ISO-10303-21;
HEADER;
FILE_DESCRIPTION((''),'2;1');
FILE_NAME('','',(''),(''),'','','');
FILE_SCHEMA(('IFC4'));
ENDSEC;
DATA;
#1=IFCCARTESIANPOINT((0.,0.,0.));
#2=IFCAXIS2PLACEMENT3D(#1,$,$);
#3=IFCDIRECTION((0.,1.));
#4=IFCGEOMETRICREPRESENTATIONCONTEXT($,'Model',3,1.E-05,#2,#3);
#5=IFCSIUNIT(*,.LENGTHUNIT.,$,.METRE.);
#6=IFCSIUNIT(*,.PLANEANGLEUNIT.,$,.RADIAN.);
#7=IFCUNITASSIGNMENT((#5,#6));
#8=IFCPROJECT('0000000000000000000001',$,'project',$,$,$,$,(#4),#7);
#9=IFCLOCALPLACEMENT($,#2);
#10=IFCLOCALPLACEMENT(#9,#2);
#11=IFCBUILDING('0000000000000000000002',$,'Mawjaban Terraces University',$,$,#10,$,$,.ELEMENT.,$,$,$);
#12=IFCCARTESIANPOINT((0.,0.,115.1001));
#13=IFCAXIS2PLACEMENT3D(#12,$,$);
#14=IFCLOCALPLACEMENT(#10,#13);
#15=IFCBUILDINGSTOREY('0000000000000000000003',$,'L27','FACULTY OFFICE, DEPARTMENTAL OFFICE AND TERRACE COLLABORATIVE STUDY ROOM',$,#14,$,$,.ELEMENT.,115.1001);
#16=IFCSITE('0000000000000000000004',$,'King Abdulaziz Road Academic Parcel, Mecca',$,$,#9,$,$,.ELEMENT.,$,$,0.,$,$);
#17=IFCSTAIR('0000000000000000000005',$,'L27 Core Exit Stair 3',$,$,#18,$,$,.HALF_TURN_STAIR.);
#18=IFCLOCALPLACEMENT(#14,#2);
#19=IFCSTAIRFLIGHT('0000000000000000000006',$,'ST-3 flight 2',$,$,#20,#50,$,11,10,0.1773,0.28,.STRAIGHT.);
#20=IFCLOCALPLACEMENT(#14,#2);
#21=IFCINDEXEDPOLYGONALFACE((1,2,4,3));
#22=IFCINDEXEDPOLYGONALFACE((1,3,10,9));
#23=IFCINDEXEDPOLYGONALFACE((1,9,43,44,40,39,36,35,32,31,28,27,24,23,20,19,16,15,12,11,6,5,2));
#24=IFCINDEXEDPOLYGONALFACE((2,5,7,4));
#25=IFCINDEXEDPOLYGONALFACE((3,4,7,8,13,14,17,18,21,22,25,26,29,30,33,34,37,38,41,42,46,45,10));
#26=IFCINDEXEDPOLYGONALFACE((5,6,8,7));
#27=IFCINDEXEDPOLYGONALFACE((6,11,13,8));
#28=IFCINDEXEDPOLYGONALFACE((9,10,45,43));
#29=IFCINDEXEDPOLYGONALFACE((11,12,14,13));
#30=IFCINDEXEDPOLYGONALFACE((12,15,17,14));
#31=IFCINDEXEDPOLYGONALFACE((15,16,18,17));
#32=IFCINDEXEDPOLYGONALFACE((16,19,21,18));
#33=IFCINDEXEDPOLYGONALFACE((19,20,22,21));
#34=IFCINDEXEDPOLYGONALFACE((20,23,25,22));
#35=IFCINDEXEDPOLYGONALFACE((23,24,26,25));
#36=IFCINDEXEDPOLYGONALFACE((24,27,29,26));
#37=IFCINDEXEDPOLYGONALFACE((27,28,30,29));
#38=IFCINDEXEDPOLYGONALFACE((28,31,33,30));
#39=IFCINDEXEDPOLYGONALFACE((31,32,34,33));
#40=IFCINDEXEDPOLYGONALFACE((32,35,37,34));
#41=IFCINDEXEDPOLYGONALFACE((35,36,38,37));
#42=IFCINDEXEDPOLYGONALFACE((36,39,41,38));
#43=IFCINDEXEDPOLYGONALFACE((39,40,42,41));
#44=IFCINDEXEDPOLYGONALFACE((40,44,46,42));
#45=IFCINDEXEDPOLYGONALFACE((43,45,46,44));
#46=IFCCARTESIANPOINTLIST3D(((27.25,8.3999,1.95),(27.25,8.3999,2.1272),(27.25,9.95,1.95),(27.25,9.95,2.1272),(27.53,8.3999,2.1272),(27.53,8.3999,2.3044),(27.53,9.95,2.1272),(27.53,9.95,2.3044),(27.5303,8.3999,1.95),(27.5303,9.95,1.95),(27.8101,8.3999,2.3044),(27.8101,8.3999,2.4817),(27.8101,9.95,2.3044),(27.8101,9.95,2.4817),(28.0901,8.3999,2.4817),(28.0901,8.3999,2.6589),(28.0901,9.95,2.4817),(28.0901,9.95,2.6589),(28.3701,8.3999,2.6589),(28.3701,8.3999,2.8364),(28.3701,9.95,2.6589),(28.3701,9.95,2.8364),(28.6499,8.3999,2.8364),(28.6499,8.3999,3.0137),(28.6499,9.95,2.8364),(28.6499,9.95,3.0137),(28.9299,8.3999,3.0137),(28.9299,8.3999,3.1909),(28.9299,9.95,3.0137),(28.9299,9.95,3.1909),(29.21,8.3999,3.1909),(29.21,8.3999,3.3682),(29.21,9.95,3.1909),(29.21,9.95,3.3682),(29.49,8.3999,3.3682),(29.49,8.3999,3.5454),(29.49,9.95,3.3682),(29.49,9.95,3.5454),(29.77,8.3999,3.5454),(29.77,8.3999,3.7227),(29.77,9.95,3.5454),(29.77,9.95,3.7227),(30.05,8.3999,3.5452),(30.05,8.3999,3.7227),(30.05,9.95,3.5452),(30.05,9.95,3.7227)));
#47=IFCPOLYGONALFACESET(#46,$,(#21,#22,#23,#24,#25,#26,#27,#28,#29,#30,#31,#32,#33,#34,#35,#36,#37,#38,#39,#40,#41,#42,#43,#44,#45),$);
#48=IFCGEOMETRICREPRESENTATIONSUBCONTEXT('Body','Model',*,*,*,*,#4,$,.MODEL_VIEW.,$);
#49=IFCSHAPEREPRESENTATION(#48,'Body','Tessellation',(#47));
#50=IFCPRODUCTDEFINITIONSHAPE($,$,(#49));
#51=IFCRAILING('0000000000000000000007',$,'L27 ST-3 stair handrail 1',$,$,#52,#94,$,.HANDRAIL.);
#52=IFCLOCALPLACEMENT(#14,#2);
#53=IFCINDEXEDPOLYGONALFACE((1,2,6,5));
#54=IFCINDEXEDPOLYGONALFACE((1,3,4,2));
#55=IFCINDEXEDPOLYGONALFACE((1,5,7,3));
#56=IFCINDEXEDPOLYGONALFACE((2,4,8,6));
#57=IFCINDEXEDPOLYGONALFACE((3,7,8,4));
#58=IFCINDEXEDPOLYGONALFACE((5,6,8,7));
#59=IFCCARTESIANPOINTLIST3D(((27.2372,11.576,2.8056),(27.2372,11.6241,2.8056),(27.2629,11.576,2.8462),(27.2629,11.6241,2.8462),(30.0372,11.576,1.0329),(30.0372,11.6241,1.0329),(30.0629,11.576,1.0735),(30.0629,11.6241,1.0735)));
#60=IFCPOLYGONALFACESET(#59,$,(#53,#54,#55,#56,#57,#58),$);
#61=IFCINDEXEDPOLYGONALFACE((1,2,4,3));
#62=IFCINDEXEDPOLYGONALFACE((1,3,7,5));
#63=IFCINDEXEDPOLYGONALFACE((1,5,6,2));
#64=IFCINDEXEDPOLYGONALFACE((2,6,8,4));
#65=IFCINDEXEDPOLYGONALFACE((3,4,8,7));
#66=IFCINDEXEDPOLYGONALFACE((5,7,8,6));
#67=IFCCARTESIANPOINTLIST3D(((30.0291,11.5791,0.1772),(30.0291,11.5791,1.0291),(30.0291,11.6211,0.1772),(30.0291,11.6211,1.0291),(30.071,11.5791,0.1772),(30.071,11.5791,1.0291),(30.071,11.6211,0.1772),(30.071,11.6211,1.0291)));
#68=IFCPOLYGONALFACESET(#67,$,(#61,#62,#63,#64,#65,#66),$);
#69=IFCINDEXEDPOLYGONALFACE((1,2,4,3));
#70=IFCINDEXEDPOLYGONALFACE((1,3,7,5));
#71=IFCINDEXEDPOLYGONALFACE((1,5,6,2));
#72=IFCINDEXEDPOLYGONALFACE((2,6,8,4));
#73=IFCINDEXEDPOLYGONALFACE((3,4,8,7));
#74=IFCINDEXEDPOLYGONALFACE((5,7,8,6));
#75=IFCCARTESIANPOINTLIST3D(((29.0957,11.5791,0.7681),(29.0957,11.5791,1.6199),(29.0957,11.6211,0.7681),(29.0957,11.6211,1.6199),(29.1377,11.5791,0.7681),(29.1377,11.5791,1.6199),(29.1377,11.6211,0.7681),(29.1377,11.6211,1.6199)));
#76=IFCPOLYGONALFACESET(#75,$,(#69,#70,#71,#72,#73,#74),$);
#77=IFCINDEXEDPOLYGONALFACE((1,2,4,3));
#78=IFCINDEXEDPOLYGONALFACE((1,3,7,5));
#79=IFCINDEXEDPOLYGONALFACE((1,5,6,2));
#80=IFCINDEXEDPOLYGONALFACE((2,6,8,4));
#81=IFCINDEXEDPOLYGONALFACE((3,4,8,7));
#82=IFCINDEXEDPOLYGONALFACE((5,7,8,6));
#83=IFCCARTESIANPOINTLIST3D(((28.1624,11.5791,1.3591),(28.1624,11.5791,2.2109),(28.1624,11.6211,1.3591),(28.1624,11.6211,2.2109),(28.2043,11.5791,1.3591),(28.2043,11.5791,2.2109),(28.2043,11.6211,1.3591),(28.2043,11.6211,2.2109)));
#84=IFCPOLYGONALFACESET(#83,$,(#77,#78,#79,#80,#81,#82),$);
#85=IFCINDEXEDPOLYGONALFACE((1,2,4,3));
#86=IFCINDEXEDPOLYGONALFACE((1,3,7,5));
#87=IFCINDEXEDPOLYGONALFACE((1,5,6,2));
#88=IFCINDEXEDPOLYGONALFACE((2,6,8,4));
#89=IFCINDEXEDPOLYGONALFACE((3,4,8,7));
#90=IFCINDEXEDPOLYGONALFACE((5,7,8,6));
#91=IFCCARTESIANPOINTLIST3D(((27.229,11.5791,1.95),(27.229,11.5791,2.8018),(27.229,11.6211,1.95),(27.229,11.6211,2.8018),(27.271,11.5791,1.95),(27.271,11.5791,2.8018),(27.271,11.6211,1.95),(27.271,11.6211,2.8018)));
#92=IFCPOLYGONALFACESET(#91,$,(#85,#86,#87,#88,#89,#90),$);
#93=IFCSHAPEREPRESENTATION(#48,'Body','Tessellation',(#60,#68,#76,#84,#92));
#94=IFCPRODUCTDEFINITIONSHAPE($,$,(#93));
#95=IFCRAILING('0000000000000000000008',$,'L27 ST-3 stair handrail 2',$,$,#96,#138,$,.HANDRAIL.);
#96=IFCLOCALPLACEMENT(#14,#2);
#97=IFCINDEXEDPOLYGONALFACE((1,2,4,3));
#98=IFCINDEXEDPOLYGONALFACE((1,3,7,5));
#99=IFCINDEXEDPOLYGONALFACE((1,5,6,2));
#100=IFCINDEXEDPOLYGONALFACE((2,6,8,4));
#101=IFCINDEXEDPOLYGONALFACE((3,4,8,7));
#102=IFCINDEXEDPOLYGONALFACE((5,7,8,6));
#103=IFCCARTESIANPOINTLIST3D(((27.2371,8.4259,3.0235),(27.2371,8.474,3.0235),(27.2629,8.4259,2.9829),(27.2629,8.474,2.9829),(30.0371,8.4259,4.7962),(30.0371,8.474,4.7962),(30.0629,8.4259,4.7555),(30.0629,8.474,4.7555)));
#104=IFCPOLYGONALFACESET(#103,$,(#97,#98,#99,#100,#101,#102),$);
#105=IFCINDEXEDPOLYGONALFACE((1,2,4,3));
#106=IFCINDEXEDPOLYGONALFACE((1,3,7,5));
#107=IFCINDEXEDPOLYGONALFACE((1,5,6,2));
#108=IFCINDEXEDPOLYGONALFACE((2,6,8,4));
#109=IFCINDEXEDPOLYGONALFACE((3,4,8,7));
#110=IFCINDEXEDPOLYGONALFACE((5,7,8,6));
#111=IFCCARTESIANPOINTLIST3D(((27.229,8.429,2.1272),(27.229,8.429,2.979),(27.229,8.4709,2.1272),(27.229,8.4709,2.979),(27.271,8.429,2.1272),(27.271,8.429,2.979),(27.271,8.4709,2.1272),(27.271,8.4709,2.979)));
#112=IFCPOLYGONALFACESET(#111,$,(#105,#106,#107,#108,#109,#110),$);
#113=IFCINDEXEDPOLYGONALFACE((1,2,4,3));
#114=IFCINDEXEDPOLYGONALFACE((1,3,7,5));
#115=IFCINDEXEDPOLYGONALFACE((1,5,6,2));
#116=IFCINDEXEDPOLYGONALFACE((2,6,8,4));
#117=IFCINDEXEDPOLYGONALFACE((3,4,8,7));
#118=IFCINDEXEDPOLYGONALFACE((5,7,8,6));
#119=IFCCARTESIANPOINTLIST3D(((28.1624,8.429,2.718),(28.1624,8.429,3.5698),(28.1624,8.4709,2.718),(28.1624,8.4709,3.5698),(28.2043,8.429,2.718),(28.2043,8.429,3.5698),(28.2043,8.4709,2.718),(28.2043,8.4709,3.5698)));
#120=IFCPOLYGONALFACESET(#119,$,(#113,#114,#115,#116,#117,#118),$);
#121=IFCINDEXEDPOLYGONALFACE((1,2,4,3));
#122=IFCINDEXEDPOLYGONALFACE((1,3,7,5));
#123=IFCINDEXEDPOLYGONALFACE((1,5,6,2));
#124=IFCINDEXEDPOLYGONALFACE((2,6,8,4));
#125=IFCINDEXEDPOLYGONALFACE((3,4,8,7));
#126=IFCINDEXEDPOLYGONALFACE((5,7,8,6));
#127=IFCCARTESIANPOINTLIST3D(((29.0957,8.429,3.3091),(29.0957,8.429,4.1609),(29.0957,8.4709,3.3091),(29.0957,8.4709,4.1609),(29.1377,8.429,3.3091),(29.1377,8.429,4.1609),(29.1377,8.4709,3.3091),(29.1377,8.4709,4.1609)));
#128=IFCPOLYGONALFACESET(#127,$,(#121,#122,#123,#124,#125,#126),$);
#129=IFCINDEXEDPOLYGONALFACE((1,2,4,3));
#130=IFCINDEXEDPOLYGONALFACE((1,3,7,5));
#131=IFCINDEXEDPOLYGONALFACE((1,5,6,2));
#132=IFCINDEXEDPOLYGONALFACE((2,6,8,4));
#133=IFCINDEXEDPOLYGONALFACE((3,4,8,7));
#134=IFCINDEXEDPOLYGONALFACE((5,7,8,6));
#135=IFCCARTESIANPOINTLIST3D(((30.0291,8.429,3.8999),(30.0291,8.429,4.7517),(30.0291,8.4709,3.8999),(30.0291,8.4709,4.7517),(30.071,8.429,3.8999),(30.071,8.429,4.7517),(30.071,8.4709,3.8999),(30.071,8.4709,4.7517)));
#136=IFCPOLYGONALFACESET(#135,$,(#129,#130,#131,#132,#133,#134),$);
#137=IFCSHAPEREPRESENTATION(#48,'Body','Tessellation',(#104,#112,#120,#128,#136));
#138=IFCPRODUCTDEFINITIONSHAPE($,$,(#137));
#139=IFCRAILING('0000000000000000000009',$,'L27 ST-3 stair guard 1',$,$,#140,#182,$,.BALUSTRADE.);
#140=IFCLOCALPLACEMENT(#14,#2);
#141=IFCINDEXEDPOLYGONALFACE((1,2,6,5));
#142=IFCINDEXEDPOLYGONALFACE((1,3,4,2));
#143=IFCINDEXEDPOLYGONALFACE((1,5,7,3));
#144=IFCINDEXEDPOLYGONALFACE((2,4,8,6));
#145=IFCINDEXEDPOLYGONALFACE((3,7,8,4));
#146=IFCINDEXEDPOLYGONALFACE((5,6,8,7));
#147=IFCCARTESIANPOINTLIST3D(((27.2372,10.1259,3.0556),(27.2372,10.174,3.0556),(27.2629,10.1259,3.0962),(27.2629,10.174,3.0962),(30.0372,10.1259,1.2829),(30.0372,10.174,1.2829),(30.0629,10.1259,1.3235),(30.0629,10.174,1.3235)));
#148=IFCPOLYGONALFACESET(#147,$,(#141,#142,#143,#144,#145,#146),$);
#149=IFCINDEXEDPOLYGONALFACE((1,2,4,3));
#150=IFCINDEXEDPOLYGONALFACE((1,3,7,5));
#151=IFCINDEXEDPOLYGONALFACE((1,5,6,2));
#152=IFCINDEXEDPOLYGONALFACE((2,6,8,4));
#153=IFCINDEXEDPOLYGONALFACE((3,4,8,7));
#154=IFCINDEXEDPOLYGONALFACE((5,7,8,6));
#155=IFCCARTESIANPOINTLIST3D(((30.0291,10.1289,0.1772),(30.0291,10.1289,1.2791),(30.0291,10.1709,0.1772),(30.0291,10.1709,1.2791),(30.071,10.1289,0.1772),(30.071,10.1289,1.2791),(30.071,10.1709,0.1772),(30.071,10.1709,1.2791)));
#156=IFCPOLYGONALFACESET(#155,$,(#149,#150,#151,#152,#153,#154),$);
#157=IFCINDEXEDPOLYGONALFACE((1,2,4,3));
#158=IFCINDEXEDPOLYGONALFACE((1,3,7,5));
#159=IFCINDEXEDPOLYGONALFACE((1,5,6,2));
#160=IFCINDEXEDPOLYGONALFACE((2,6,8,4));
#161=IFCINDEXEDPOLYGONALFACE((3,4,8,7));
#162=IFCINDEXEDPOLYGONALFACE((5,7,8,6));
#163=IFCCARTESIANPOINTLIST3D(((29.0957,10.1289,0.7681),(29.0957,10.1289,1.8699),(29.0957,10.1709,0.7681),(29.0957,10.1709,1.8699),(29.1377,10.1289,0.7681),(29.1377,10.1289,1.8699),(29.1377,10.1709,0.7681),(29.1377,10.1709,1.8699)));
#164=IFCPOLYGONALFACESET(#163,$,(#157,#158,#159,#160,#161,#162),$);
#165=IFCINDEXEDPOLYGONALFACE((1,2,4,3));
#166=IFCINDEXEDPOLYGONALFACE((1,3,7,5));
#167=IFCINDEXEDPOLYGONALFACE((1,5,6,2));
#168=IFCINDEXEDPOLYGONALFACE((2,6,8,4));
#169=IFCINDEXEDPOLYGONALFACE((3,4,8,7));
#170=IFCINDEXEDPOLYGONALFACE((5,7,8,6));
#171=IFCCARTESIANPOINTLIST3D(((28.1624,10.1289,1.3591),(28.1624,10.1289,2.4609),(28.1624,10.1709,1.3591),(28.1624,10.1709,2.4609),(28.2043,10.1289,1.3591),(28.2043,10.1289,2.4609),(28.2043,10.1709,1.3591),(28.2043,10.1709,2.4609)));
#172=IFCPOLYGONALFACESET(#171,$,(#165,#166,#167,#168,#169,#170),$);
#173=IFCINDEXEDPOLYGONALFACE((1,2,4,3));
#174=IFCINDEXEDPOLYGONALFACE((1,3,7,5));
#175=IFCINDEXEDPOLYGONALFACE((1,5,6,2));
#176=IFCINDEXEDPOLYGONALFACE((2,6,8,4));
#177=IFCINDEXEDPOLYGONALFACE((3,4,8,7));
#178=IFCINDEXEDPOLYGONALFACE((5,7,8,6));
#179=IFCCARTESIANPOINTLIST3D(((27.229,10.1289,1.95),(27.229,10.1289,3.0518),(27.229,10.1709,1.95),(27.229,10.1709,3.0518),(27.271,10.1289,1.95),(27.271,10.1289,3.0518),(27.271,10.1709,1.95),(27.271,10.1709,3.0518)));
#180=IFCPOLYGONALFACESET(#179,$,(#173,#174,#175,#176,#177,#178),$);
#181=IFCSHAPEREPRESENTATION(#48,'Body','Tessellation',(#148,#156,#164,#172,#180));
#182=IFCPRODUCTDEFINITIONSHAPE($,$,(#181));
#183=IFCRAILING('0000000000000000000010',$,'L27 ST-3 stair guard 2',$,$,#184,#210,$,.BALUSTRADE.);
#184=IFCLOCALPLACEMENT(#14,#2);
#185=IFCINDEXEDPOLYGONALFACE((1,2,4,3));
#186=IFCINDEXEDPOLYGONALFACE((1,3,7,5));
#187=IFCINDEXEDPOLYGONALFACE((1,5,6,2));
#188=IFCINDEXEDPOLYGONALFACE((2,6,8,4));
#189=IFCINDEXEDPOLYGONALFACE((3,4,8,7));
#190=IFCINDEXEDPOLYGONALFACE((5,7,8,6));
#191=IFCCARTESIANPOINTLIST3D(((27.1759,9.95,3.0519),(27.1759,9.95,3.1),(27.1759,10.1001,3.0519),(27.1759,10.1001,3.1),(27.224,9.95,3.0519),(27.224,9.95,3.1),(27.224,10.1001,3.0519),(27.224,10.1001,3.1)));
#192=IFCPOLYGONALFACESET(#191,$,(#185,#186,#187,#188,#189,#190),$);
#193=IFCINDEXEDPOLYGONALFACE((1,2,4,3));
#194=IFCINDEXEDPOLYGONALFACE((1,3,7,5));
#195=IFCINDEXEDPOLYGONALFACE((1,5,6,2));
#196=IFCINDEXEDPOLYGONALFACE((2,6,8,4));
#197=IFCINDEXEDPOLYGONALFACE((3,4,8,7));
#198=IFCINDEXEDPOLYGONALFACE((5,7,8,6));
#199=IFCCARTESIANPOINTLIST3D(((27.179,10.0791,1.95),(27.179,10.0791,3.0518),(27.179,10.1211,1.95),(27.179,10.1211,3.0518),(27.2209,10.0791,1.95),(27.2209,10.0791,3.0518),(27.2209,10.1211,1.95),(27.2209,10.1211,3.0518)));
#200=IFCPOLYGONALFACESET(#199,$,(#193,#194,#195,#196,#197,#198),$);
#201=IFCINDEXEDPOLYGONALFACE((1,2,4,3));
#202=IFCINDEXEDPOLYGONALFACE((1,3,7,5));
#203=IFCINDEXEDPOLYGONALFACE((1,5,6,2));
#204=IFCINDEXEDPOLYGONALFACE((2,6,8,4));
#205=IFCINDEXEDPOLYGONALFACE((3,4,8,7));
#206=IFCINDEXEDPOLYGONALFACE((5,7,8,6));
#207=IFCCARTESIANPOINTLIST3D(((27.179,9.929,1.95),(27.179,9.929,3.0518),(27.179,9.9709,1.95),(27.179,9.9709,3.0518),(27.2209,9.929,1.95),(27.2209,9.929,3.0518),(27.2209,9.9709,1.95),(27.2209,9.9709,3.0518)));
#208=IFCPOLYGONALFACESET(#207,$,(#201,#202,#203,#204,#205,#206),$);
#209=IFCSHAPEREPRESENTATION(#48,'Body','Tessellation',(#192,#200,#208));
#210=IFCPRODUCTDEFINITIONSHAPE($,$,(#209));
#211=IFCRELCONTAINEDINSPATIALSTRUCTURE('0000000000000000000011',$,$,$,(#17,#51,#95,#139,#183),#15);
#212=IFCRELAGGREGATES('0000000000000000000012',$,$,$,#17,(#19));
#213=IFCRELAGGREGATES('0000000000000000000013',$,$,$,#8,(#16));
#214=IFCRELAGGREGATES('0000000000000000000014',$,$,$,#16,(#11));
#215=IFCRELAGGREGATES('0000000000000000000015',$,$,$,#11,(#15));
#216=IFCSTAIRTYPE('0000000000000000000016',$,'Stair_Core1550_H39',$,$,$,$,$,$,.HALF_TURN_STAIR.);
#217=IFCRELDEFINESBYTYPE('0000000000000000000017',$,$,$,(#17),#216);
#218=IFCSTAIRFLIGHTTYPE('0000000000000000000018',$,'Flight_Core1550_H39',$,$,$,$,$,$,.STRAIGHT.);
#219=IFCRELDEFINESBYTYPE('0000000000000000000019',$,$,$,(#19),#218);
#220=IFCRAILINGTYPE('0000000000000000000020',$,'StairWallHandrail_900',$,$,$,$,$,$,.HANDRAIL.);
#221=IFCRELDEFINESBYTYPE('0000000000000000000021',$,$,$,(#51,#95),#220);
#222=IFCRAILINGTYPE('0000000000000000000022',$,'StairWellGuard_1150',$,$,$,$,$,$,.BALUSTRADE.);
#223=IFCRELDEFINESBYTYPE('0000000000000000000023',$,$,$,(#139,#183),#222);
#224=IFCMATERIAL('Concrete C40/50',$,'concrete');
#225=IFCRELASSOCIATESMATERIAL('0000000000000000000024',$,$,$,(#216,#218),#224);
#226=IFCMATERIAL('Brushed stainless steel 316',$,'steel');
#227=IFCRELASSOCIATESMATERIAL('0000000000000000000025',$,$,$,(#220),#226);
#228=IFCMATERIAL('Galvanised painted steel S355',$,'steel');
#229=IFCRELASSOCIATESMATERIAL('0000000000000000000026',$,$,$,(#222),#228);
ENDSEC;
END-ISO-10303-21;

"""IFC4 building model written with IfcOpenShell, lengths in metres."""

from ifc_helpers import new_model, si_unit, direction, frame, origin, origin_2d, place, context, subcontext, project, spatial, polyline, rectangle, outline, extrude, material, type_object, element, aggregate, save


model = new_model("IFC4")

# Units and contexts
model_context = context("Model", 3, precision=1e-05, world=origin(), true_north=direction((0.0, 1.0)))
body_context = subcontext(model_context, "Body", "Model", "MODEL_VIEW")
ifc_project = project(units=[si_unit("LENGTHUNIT", "METRE"), si_unit("PLANEANGLEUNIT", "RADIAN")], contexts=[model_context])

# Site, building, storey
site_placement = place(None, origin())
site = spatial("IfcSite", under=ifc_project, at=site_placement, Name="King Abdulaziz Road Academic Parcel, Mecca", CompositionType="ELEMENT", RefElevation=0.0)
building_placement = place(site_placement, origin())
building = spatial("IfcBuilding", under=site, at=building_placement, Name="Mawjaban Terraces University", CompositionType="ELEMENT")
storey_placement = place(building_placement, frame((0.0, 0.0, 115.1001)))
storey = spatial("IfcBuildingStorey", under=building, at=storey_placement, Name="L27", Description="FACULTY OFFICE, DEPARTMENTAL OFFICE AND TERRACE COLLABORATIVE STUDY ROOM", CompositionType="ELEMENT", Elevation=115.1001)

# Shared definitions
ifc_material_1 = material(Name="Concrete C40/50", Category="concrete")

# Stair, stair flight
stair_type = type_object("IfcStairType", Name="Stair_Core1550_H39", PredefinedType="HALF_TURN_STAIR", material=ifc_material_1)
stair_placement = place(storey_placement, origin())
stair = element("IfcStair", 1, at=stair_placement, inside=storey, type_object=stair_type, Name="L27 Core Exit Stair 3", PredefinedType="HALF_TURN_STAIR")
stair_flight_type = type_object("IfcStairFlightType", Name="Flight_Core1550_H39", PredefinedType="STRAIGHT", material=ifc_material_1)
stair_flight_1_placement = place(storey_placement, frame((27.25, 9.175, 1.95), z_axis=(0.0, 0.0, 1.0), x_axis=(1.0, 0.0, 0.0)))
stair_flight_1 = element("IfcStairFlight", 2, at=stair_flight_1_placement, type_object=stair_flight_type, Name="ST-3 flight 2", NumberOfRisers=11, NumberOfTreads=10, PredefinedType="STRAIGHT", RiserHeight=0.1773, TreadLength=0.28, context=body_context, shape_type="SweptSolid", body=[
    extrude(outline(polyline([(0.0, 0.0), (0.0, 0.1772), (0.28, 0.1772), (0.28, 0.3545), (0.5601, 0.3545), (0.5601, 0.5317), (0.8401, 0.5317), (0.8401, 0.709), (1.1201, 0.709), (1.1201, 0.8865), (1.3999, 0.8865), (1.3999, 1.0637), (1.6799, 1.0637), (1.6799, 1.241), (1.96, 1.241), (1.96, 1.4182), (2.24, 1.4182), (2.24, 1.5955), (2.52, 1.5955), (2.52, 1.7727), (2.8, 1.7727), (2.8, 1.95), (2.8, 1.5952), (0.2803, 0.0), (0.0, 0.0)])), frame((0.0, 0.7749, 0.0), z_axis=(0.0, -1.0, 0.0), x_axis=(1.0, 0.0, 0.0)), (0.0, 0.0, 1.0), 1.55),
])
aggregate(stair, [stair_flight_1])

# Railings
ifc_material_2 = material(Name="Brushed stainless steel 316", Category="steel")
railing_type_1 = type_object("IfcRailingType", Name="StairWallHandrail_900", PredefinedType="HANDRAIL", material=ifc_material_2)
railing_1_placement = place(storey_placement, frame((30.05, 11.6001, 0.1772)))
element("IfcRailing", 3, at=railing_1_placement, inside=storey, type_object=railing_type_1, Name="L27 ST-3 stair handrail 1", PredefinedType="HANDRAIL", context=body_context, shape_type="SweptSolid", body=[
    extrude(rectangle(XDim=0.0481, YDim=0.0481, at=origin_2d()), frame((0.0, 0.0, 0.876), z_axis=(-0.844909, 0.0, 0.53491), x_axis=(0.0, -1.0, 0.0)), (0.0, 0.0, 1.0), 3.314),
    extrude(rectangle(XDim=0.042, YDim=0.042, at=origin_2d()), origin(), (0.0, 0.0, 1.0), 0.8518),
    extrude(rectangle(XDim=0.042, YDim=0.042, at=origin_2d()), frame((-0.9333, 0.0, 0.5908)), (0.0, 0.0, 1.0), 0.8518),
    extrude(rectangle(XDim=0.042, YDim=0.042, at=origin_2d()), frame((-1.8667, 0.0, 1.1819)), (0.0, 0.0, 1.0), 0.8518),
    extrude(rectangle(XDim=0.042, YDim=0.042, at=origin_2d()), frame((-2.8, 0.0, 1.7727)), (0.0, 0.0, 1.0), 0.8518),
])
railing_2_placement = place(storey_placement, frame((27.25, 8.45, 2.1272)))
element("IfcRailing", 4, at=railing_2_placement, inside=storey, type_object=railing_type_1, Name="L27 ST-3 stair handrail 2", PredefinedType="HANDRAIL", context=body_context, shape_type="SweptSolid", body=[
    extrude(rectangle(XDim=0.0481, YDim=0.0481, at=origin_2d()), frame((0.0, 0.0, 0.876), z_axis=(0.844909, 0.0, 0.53491), x_axis=(0.0, 1.0, 0.0)), (0.0, 0.0, 1.0), 3.314),
    extrude(rectangle(XDim=0.042, YDim=0.042, at=origin_2d()), origin(), (0.0, 0.0, 1.0), 0.8518),
    extrude(rectangle(XDim=0.042, YDim=0.042, at=origin_2d()), frame((0.9333, 0.0, 0.5908)), (0.0, 0.0, 1.0), 0.8518),
    extrude(rectangle(XDim=0.042, YDim=0.042, at=origin_2d()), frame((1.8667, 0.0, 1.1819)), (0.0, 0.0, 1.0), 0.8518),
    extrude(rectangle(XDim=0.042, YDim=0.042, at=origin_2d()), frame((2.8, 0.0, 1.7727)), (0.0, 0.0, 1.0), 0.8518),
])
ifc_material_3 = material(Name="Galvanised painted steel S355", Category="steel")
railing_type_2 = type_object("IfcRailingType", Name="StairWellGuard_1150", PredefinedType="BALUSTRADE", material=ifc_material_3)
railing_3_placement = place(storey_placement, frame((30.05, 10.1499, 0.1772)))
element("IfcRailing", 5, at=railing_3_placement, inside=storey, type_object=railing_type_2, Name="L27 ST-3 stair guard 1", PredefinedType="BALUSTRADE", context=body_context, shape_type="SweptSolid", body=[
    extrude(rectangle(XDim=0.0481, YDim=0.0481, at=origin_2d()), frame((0.0, 0.0, 1.126), z_axis=(-0.844909, 0.0, 0.53491), x_axis=(0.0, -1.0, 0.0)), (0.0, 0.0, 1.0), 3.314),
    extrude(rectangle(XDim=0.042, YDim=0.042, at=origin_2d()), origin(), (0.0, 0.0, 1.0), 1.1018),
    extrude(rectangle(XDim=0.042, YDim=0.042, at=origin_2d()), frame((-0.9333, 0.0, 0.5908)), (0.0, 0.0, 1.0), 1.1018),
    extrude(rectangle(XDim=0.042, YDim=0.042, at=origin_2d()), frame((-1.8667, 0.0, 1.1819)), (0.0, 0.0, 1.0), 1.1018),
    extrude(rectangle(XDim=0.042, YDim=0.042, at=origin_2d()), frame((-2.8, 0.0, 1.7727)), (0.0, 0.0, 1.0), 1.1018),
])
railing_4_placement = place(storey_placement, frame((27.2, 10.1001, 1.95)))
element("IfcRailing", 6, at=railing_4_placement, inside=storey, type_object=railing_type_2, Name="L27 ST-3 stair guard 2", PredefinedType="BALUSTRADE", context=body_context, shape_type="SweptSolid", body=[
    extrude(rectangle(XDim=0.0481, YDim=0.0481, at=origin_2d()), frame((0.0, 0.0, 1.126), z_axis=(0.0, -1.0, 0.0), x_axis=(1.0, 0.0, 0.0)), (0.0, 0.0, 1.0), 0.1501),
    extrude(rectangle(XDim=0.042, YDim=0.042, at=origin_2d()), origin(), (0.0, 0.0, 1.0), 1.1018),
    extrude(rectangle(XDim=0.042, YDim=0.042, at=origin_2d()), frame((0.0, -0.1501, 0.0)), (0.0, 0.0, 1.0), 1.1018),
])

save(model, "model.ifc")
